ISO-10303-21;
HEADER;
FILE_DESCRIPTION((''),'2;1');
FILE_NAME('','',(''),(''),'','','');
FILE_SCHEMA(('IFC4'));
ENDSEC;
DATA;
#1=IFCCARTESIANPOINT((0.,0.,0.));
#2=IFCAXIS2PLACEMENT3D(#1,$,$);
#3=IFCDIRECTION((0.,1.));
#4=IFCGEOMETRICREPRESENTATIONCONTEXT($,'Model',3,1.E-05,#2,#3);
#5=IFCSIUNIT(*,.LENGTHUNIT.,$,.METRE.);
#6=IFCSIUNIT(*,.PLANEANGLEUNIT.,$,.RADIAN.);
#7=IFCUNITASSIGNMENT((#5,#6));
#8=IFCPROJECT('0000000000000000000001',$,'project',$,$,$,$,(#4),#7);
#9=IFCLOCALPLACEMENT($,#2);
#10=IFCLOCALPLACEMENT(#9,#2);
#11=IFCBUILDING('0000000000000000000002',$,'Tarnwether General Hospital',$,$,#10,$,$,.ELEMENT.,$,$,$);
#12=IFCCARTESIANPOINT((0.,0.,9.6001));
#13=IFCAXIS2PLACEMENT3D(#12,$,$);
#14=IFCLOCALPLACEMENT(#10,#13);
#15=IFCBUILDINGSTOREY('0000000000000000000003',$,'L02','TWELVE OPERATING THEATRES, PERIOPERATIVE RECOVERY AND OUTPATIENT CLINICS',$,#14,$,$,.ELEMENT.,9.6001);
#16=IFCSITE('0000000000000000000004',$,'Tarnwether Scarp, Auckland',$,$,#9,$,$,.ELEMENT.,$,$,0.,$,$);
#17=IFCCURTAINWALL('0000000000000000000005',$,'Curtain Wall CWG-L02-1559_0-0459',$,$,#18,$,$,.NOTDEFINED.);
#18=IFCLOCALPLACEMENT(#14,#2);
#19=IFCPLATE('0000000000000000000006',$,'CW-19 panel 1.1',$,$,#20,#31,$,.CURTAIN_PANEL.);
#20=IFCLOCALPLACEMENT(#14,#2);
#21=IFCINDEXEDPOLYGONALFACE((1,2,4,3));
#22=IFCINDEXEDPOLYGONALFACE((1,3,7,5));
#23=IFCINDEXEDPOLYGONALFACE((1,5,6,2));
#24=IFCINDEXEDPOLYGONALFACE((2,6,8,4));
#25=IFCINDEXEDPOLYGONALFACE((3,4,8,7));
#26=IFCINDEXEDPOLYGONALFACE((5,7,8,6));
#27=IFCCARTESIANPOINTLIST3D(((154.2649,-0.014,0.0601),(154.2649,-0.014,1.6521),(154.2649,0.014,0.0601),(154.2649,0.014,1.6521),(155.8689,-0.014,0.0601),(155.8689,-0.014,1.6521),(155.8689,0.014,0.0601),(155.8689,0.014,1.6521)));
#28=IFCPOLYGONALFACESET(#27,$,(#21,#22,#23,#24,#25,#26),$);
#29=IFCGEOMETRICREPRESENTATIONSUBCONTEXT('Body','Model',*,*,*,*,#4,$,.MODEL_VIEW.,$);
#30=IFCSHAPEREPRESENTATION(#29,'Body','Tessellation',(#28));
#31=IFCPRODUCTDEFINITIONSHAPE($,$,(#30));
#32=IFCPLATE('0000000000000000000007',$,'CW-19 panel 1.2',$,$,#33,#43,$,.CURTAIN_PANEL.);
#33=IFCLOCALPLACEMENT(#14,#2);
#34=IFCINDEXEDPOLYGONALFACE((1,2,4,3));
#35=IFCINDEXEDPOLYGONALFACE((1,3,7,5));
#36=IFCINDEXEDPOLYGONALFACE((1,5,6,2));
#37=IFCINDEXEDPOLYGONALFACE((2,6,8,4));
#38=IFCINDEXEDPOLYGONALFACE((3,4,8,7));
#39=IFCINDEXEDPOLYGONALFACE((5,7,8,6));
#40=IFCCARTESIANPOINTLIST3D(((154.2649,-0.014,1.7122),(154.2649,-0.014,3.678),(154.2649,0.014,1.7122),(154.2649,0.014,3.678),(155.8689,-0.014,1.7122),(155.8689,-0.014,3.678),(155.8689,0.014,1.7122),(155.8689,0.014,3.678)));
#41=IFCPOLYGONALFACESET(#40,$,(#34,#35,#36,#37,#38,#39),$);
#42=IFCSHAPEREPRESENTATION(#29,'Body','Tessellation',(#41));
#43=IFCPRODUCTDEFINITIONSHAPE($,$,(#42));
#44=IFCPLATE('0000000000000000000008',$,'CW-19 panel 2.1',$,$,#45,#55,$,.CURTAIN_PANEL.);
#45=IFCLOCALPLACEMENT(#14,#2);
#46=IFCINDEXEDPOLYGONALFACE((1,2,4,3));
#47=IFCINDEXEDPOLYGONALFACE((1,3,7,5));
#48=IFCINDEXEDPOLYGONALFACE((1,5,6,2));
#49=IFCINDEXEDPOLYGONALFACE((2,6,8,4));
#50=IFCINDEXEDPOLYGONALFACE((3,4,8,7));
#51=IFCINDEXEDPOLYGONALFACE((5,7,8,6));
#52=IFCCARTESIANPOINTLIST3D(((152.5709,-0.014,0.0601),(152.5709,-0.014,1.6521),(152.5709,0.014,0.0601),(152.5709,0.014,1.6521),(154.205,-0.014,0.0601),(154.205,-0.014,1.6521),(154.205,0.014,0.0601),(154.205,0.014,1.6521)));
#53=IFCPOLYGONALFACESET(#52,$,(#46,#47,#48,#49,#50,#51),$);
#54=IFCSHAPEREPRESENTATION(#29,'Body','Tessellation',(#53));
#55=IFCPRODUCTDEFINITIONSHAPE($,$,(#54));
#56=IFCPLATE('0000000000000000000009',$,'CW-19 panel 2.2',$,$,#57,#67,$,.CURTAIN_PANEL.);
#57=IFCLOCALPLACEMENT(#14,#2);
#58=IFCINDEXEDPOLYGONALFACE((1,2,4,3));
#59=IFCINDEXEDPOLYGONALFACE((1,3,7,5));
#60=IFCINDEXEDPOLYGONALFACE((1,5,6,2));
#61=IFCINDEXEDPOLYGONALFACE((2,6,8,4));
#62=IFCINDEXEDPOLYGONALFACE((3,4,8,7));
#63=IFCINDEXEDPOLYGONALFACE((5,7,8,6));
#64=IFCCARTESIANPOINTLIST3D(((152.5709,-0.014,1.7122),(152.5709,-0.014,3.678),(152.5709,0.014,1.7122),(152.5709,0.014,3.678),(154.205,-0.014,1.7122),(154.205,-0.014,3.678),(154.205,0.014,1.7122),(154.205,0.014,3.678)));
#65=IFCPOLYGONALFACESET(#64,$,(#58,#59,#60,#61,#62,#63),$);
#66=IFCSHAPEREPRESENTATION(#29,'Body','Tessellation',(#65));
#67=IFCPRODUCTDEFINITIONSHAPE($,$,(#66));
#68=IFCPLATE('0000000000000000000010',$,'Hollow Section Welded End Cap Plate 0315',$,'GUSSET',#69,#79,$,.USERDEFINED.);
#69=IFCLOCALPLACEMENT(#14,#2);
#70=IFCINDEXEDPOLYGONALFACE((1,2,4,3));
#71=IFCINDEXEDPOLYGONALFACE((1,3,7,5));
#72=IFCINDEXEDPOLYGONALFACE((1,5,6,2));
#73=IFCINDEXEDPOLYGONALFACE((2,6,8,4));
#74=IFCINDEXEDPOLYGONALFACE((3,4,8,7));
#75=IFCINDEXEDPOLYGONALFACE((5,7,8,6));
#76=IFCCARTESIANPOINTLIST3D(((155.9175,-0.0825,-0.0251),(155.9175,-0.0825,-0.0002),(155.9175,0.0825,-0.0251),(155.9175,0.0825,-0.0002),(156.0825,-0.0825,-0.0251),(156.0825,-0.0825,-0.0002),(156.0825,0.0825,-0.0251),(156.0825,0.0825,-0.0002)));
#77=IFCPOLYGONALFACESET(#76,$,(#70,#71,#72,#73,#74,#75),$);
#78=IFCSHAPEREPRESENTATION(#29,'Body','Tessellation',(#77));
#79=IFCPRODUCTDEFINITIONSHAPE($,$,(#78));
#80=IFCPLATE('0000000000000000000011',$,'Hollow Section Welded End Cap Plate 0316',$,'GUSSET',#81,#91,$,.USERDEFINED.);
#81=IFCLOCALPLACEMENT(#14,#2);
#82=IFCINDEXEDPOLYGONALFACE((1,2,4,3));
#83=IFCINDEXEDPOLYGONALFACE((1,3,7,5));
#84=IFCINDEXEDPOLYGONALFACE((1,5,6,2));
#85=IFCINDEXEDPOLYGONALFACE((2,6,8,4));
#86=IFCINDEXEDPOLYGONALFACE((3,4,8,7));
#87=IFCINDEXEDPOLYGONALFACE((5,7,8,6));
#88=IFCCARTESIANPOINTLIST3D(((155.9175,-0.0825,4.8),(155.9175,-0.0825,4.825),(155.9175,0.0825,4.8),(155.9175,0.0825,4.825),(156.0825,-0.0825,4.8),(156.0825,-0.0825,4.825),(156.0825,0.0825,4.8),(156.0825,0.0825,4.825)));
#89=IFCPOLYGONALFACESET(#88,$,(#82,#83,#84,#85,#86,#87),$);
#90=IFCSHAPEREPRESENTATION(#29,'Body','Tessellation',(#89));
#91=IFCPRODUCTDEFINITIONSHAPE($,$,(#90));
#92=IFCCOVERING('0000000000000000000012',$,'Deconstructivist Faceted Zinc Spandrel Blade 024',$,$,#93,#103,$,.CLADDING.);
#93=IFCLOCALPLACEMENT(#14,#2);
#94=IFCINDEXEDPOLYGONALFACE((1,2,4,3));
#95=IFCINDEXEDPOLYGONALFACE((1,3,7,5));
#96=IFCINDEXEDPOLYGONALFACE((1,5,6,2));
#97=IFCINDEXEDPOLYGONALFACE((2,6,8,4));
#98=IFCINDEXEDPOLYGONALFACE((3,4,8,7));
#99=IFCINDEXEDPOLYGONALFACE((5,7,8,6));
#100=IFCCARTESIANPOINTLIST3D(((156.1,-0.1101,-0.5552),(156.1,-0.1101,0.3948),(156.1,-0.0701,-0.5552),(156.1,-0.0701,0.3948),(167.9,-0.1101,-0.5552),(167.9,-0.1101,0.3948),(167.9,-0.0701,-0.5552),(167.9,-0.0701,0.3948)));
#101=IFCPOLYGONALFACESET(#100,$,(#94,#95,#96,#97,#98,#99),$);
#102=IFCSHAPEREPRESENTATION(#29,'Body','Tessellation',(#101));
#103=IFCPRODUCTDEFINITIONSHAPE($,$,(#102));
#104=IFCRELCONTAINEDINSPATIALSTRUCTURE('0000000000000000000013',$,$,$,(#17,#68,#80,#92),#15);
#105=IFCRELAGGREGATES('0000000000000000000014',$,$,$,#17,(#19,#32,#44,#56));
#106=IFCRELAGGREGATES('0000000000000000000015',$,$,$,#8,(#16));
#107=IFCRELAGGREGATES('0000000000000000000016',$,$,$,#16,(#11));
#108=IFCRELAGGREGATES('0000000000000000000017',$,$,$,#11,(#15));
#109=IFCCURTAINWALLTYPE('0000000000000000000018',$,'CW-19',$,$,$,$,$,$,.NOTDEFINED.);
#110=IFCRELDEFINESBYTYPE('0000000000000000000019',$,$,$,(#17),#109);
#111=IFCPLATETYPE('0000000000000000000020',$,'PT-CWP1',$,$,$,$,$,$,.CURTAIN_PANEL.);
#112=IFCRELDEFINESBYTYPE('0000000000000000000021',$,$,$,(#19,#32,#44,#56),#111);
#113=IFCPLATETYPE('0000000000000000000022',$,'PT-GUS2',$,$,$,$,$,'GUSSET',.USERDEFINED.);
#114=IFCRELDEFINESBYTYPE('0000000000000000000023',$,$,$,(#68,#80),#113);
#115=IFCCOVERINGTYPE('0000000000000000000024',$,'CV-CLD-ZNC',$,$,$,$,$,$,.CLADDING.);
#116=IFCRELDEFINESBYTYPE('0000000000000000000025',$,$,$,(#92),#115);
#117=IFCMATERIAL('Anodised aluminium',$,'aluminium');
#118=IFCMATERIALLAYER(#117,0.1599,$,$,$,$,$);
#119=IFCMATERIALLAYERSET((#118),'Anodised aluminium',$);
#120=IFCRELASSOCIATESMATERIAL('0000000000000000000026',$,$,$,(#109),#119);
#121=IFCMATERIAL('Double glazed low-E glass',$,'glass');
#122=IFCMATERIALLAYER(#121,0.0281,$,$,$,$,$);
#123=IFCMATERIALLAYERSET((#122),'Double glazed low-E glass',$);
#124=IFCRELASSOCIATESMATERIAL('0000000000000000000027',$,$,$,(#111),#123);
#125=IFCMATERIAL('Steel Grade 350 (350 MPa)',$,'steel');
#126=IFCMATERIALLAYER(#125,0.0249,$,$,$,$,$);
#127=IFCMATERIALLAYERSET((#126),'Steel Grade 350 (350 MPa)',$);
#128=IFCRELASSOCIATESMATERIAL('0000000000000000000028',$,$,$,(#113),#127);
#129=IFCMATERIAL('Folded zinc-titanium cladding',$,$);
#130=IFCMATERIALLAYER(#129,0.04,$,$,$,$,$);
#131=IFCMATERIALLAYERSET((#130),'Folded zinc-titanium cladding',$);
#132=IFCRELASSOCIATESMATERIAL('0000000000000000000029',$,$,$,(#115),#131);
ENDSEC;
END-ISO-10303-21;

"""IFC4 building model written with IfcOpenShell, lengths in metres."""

from ifc_helpers import new_model, si_unit, direction, frame, origin, origin_2d, place, context, subcontext, project, spatial, rectangle, extrude, material, layer, layer_set, type_object, element, aggregate, save


model = new_model("IFC4")

# Units and contexts
model_context = context("Model", 3, precision=1e-05, world=origin(), true_north=direction((0.0, 1.0)))
body_context = subcontext(model_context, "Body", "Model", "MODEL_VIEW")
ifc_project = project(units=[si_unit("LENGTHUNIT", "METRE"), si_unit("PLANEANGLEUNIT", "RADIAN")], contexts=[model_context])

# Site, building, storey
site_placement = place(None, origin())
site = spatial("IfcSite", under=ifc_project, at=site_placement, Name="Tarnwether Scarp, Auckland", CompositionType="ELEMENT", RefElevation=0.0)
building_placement = place(site_placement, origin())
building = spatial("IfcBuilding", under=site, at=building_placement, Name="Tarnwether General Hospital", CompositionType="ELEMENT")
storey_placement = place(building_placement, frame((0.0, 0.0, 9.6001)))
storey = spatial("IfcBuildingStorey", under=building, at=storey_placement, Name="L02", Description="TWELVE OPERATING THEATRES, PERIOPERATIVE RECOVERY AND OUTPATIENT CLINICS", CompositionType="ELEMENT", Elevation=9.6001)

# Curtain wall
ifc_material_1 = material(Name="Anodised aluminium", Category="aluminium")
ifc_layer_1 = layer(ifc_material_1, 0.1599)
ifc_layer_set_1 = layer_set([ifc_layer_1], Name="Anodised aluminium")
curtain_wall_type = type_object("IfcCurtainWallType", Name="CW-19", PredefinedType="NOTDEFINED", material=ifc_layer_set_1)
curtain_wall_1_placement = place(storey_placement, origin())
curtain_wall_1 = element("IfcCurtainWall", 1, at=curtain_wall_1_placement, inside=storey, type_object=curtain_wall_type, Name="Curtain Wall CWG-L02-1559_0-0459", PredefinedType="NOTDEFINED")

# Plates
ifc_material_2 = material(Name="Double glazed low-E glass", Category="glass")
ifc_layer_2 = layer(ifc_material_2, 0.0281)
ifc_layer_set_2 = layer_set([ifc_layer_2], Name="Double glazed low-E glass")
plate_type_1 = type_object("IfcPlateType", Name="PT-CWP1", PredefinedType="CURTAIN_PANEL", material=ifc_layer_set_2)
plate_1_placement = place(storey_placement, frame((155.0669, 0.0, 0.0601), z_axis=(0.0, 0.0, 1.0), x_axis=(-1.0, 0.0, 0.0)))
plate_1 = element("IfcPlate", 2, at=plate_1_placement, type_object=plate_type_1, Name="CW-19 panel 1.1", PredefinedType="CURTAIN_PANEL", context=body_context, shape_type="SweptSolid", body=[
    extrude(rectangle(XDim=1.604, YDim=0.0281, at=origin_2d()), origin(), (0.0, 0.0, 1.0), 1.592),
])
plate_2_placement = place(storey_placement, frame((155.0669, 0.0, 1.7122), z_axis=(0.0, 0.0, 1.0), x_axis=(-1.0, 0.0, 0.0)))
plate_2 = element("IfcPlate", 3, at=plate_2_placement, type_object=plate_type_1, Name="CW-19 panel 1.2", PredefinedType="CURTAIN_PANEL", context=body_context, shape_type="SweptSolid", body=[
    extrude(rectangle(XDim=1.604, YDim=0.0281, at=origin_2d()), origin(), (0.0, 0.0, 1.0), 1.9658),
])
plate_3_placement = place(storey_placement, frame((153.3879, 0.0, 0.0601), z_axis=(0.0, 0.0, 1.0), x_axis=(-1.0, 0.0, 0.0)))
plate_3 = element("IfcPlate", 4, at=plate_3_placement, type_object=plate_type_1, Name="CW-19 panel 2.1", PredefinedType="CURTAIN_PANEL", context=body_context, shape_type="SweptSolid", body=[
    extrude(rectangle(XDim=1.634, YDim=0.0281, at=origin_2d()), origin(), (0.0, 0.0, 1.0), 1.592),
])
plate_4_placement = place(storey_placement, frame((153.3879, 0.0, 1.7122), z_axis=(0.0, 0.0, 1.0), x_axis=(-1.0, 0.0, 0.0)))
plate_4 = element("IfcPlate", 5, at=plate_4_placement, type_object=plate_type_1, Name="CW-19 panel 2.2", PredefinedType="CURTAIN_PANEL", context=body_context, shape_type="SweptSolid", body=[
    extrude(rectangle(XDim=1.634, YDim=0.0281, at=origin_2d()), origin(), (0.0, 0.0, 1.0), 1.9658),
])
aggregate(curtain_wall_1, [plate_1, plate_2, plate_3, plate_4])

# Plates
ifc_material_3 = material(Name="Steel Grade 350 (350 MPa)", Category="steel")
ifc_layer_3 = layer(ifc_material_3, 0.0249)
ifc_layer_set_3 = layer_set([ifc_layer_3], Name="Steel Grade 350 (350 MPa)")
plate_type_2 = type_object("IfcPlateType", Name="PT-GUS2", ElementType="GUSSET", PredefinedType="USERDEFINED", material=ifc_layer_set_3)
for number, where, z_axis, x_axis, name in (
    (6, (156.0, 0.0, -0.0251), (0.0, 0.0, 1.0), (1.0, 0.0, 0.0), "Hollow Section Welded End Cap Plate 0315"),
    (7, (156.0, 0.0, 4.8), (0.0, 0.0, 1.0), (1.0, 0.0, 0.0), "Hollow Section Welded End Cap Plate 0316"),
):
    element("IfcPlate", number, at=place(storey_placement, frame(where, z_axis=z_axis, x_axis=x_axis)), inside=storey, type_object=plate_type_2, Name=name, ObjectType="GUSSET", PredefinedType="USERDEFINED", context=body_context, shape_type="SweptSolid", body=[
        extrude(rectangle(XDim=0.165, YDim=0.165, at=origin_2d()), origin(), (0.0, 0.0, 1.0), 0.0249),
    ])

# Covering
ifc_material_4 = material(Name="Folded zinc-titanium cladding")
ifc_layer_4 = layer(ifc_material_4, 0.04)
ifc_layer_set_4 = layer_set([ifc_layer_4], Name="Folded zinc-titanium cladding")
covering_type = type_object("IfcCoveringType", Name="CV-CLD-ZNC", PredefinedType="CLADDING", material=ifc_layer_set_4)
covering_placement = place(storey_placement, frame((162.0, -0.0901, -0.5552), z_axis=(0.0, 0.0, 1.0), x_axis=(1.0, 0.0, 0.0)))
element("IfcCovering", 8, at=covering_placement, inside=storey, type_object=covering_type, Name="Deconstructivist Faceted Zinc Spandrel Blade 024", PredefinedType="CLADDING", context=body_context, shape_type="SweptSolid", body=[
    extrude(rectangle(XDim=11.8, YDim=0.04, at=origin_2d()), origin(), (0.0, 0.0, 1.0), 0.95),
])

save(model, "model.ifc")
